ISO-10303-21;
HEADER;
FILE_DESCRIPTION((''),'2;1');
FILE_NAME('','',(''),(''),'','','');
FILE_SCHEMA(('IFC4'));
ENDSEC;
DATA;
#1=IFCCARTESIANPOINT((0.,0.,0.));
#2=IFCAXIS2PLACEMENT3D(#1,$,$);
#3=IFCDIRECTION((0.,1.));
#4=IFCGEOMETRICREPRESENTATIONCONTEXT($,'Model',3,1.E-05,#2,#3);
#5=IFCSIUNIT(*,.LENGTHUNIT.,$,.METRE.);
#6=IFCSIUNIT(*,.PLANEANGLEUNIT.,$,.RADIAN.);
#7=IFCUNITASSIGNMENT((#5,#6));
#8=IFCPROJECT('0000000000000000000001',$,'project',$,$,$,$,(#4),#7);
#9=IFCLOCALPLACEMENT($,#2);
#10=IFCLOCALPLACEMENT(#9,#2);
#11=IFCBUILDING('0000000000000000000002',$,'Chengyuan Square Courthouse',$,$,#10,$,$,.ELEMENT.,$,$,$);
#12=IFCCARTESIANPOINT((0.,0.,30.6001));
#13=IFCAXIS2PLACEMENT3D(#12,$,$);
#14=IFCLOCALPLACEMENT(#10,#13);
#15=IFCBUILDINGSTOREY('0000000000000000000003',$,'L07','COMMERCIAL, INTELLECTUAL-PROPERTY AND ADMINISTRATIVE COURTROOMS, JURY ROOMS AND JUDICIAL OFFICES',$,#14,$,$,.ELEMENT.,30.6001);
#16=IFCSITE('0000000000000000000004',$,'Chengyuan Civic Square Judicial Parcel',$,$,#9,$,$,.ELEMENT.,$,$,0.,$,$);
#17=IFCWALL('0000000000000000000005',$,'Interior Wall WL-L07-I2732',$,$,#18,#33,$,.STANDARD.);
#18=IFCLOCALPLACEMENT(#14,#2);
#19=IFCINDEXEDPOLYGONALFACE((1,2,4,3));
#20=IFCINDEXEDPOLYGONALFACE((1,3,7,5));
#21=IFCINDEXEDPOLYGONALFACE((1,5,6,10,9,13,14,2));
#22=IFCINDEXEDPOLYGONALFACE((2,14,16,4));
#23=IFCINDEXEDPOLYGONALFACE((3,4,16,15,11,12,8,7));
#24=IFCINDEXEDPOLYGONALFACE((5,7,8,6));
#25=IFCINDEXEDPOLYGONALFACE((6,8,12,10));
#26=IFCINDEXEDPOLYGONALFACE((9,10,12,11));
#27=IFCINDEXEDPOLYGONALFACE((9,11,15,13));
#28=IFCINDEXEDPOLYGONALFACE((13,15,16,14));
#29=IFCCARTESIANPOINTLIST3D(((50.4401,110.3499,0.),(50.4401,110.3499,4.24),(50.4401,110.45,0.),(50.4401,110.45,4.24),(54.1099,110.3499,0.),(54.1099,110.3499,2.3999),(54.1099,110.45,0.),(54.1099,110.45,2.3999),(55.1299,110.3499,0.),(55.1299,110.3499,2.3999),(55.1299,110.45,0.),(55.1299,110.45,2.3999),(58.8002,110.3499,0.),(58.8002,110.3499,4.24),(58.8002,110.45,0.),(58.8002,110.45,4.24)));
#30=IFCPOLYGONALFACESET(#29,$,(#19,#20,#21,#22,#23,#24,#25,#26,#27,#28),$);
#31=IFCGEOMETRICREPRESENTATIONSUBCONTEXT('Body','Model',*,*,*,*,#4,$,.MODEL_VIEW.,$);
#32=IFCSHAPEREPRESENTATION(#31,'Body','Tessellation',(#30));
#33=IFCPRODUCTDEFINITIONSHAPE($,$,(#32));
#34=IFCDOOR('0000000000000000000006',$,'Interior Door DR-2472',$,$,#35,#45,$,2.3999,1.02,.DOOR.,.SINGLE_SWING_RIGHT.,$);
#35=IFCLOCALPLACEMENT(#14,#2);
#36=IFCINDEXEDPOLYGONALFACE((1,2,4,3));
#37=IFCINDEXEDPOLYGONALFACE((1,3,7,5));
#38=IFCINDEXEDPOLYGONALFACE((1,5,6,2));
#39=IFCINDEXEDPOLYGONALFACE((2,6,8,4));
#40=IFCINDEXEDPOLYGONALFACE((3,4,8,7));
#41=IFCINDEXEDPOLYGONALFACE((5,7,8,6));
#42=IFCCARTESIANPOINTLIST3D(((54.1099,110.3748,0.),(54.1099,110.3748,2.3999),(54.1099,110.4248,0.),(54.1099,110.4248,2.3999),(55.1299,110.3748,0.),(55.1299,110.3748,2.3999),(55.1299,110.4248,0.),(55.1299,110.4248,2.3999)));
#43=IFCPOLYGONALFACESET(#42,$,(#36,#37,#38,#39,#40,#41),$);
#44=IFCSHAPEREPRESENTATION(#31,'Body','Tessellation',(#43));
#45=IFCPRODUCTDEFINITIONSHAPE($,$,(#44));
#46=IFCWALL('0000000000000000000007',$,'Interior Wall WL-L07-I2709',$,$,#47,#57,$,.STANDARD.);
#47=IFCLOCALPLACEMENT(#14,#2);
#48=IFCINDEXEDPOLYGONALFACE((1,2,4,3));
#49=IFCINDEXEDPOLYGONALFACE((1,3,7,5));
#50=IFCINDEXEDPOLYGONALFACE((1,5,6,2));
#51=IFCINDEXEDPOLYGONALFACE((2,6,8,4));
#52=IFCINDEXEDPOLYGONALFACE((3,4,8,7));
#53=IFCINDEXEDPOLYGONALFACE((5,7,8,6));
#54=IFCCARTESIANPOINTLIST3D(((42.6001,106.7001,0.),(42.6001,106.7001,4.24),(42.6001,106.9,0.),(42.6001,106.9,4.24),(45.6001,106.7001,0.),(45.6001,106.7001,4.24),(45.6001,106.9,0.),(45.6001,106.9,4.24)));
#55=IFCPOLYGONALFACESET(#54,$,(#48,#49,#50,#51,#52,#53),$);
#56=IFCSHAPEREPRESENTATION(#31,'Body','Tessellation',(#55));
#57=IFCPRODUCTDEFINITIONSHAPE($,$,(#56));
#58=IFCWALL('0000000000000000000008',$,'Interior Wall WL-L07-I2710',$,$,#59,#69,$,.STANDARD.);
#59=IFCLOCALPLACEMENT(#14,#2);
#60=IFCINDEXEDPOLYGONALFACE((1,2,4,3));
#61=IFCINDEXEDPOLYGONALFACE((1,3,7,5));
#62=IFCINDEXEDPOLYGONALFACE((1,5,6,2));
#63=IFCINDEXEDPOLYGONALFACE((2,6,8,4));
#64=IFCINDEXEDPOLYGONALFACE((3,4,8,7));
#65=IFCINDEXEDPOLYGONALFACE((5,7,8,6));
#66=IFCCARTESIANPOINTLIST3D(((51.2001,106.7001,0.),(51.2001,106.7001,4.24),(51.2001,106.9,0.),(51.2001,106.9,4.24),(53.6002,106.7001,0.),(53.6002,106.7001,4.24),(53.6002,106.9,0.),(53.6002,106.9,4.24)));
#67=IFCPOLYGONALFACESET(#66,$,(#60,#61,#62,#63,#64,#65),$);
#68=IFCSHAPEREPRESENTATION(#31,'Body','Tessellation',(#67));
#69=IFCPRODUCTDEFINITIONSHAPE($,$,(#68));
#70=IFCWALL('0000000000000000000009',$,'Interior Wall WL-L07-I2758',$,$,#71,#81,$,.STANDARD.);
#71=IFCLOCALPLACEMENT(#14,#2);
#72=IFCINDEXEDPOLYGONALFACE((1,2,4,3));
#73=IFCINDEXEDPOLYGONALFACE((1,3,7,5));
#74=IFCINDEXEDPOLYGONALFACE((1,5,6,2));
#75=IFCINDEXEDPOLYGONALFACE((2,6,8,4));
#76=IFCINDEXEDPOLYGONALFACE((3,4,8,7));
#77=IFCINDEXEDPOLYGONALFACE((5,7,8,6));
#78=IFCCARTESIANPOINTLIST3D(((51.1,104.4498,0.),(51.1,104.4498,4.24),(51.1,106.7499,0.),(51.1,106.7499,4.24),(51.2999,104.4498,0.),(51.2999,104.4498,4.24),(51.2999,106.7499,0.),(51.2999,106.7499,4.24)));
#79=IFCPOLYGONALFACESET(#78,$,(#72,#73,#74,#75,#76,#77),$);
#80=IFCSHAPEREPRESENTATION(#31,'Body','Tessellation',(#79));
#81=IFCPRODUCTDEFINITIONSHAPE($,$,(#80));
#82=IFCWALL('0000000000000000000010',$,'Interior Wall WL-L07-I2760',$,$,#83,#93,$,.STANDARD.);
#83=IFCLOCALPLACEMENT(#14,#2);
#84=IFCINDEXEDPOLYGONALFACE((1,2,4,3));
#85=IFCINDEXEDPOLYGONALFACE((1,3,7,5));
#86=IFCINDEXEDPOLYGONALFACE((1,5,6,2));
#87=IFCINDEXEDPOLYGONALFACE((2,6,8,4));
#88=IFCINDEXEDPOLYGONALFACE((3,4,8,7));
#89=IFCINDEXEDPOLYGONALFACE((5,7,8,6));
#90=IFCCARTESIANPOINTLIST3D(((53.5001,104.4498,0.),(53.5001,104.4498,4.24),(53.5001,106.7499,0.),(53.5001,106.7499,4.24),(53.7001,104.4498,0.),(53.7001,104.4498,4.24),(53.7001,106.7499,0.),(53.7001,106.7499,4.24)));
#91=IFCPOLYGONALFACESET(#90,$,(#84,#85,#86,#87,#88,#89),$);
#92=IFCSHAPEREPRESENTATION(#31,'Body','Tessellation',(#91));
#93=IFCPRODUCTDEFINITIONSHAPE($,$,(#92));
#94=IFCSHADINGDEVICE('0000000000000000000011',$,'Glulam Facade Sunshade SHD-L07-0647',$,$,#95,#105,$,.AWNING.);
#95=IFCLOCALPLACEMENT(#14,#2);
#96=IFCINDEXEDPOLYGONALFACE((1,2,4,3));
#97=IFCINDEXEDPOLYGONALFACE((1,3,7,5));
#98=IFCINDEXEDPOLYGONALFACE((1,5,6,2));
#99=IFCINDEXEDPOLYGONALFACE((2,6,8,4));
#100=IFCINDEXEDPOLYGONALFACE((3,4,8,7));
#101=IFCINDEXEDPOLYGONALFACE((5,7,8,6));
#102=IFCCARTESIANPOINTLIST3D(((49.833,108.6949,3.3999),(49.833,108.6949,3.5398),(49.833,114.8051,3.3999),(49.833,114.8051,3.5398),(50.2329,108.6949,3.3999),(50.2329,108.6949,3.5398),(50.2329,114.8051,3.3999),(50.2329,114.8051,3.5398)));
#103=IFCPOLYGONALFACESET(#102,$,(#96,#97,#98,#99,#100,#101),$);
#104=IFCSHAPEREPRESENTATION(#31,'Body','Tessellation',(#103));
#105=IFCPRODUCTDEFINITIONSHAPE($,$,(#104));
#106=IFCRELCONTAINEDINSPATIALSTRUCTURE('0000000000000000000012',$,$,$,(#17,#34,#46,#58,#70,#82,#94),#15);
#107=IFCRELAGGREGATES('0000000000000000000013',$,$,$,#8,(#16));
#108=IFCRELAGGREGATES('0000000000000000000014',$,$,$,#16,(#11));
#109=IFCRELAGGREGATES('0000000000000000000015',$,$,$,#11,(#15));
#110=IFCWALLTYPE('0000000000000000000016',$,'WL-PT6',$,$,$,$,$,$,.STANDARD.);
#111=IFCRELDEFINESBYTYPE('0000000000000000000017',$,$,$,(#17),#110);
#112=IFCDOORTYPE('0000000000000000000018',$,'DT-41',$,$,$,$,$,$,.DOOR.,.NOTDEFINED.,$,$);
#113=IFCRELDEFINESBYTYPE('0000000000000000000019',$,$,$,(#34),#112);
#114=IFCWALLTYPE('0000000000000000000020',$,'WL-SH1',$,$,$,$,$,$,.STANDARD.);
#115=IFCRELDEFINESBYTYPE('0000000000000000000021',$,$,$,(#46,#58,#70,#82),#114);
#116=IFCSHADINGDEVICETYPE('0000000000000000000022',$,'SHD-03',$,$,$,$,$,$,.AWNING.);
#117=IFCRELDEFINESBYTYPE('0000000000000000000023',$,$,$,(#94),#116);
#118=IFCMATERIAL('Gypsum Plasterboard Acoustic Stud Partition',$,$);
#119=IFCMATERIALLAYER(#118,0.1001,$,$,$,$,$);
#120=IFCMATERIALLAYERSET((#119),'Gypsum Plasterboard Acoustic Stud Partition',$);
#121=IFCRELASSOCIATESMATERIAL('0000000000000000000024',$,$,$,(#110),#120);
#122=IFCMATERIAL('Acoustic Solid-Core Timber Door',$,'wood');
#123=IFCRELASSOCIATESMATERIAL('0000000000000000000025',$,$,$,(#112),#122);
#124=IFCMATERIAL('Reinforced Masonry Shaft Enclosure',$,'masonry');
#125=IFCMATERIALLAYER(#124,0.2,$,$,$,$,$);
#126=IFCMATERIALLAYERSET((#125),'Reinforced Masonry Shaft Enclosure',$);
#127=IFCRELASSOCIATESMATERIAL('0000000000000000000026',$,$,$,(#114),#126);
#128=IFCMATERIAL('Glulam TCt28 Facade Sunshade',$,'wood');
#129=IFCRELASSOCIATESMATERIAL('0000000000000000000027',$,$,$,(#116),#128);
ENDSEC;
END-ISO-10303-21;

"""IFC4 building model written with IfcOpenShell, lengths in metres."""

from ifc_helpers import new_model, si_unit, direction, frame, frame_2d, origin, origin_2d, place, context, subcontext, project, spatial, rectangle, extrude, material, layer, layer_set, type_object, element, fill, save


model = new_model("IFC4")

# Units and contexts
model_context = context("Model", 3, precision=1e-05, world=origin(), true_north=direction((0.0, 1.0)))
body_context = subcontext(model_context, "Body", "Model", "MODEL_VIEW")
ifc_project = project(units=[si_unit("LENGTHUNIT", "METRE"), si_unit("PLANEANGLEUNIT", "RADIAN")], contexts=[model_context])

# Site, building, storey
site_placement = place(None, origin())
site = spatial("IfcSite", under=ifc_project, at=site_placement, Name="Chengyuan Civic Square Judicial Parcel", CompositionType="ELEMENT", RefElevation=0.0)
building_placement = place(site_placement, origin())
building = spatial("IfcBuilding", under=site, at=building_placement, Name="Chengyuan Square Courthouse", CompositionType="ELEMENT")
storey_placement = place(building_placement, frame((0.0, 0.0, 30.6001)))
storey = spatial("IfcBuildingStorey", under=building, at=storey_placement, Name="L07", Description="COMMERCIAL, INTELLECTUAL-PROPERTY AND ADMINISTRATIVE COURTROOMS, JURY ROOMS AND JUDICIAL OFFICES", CompositionType="ELEMENT", Elevation=30.6001)

# Shared definitions
ifc_material_1 = material(Name="Gypsum Plasterboard Acoustic Stud Partition")
ifc_layer_1 = layer(ifc_material_1, 0.1001)
ifc_layer_set_1 = layer_set([ifc_layer_1], Name="Gypsum Plasterboard Acoustic Stud Partition")
wall_type_1 = type_object("IfcWallType", Name="WL-PT6", PredefinedType="STANDARD", material=ifc_layer_set_1)

# Wall, opening, door
wall_1_placement = place(storey_placement, frame((50.4399, 110.3999, 0.0), z_axis=(0.0, 0.0, 1.0), x_axis=(1.0, 0.0, 0.0)))
wall_1 = element("IfcWall", 1, at=wall_1_placement, inside=storey, type_object=wall_type_1, Name="Interior Wall WL-L07-I2732", PredefinedType="STANDARD", context=body_context, shape_type="SweptSolid", body=[
    extrude(rectangle(XDim=8.3601, YDim=0.1001, at=frame_2d((4.1802, 0.0))), origin(), (0.0, 0.0, 1.0), 4.24),
])
opening_1_placement = place(wall_1_placement, frame((3.6699, 0.0, 0.0)))
opening_1 = element("IfcOpeningElement", 2, at=opening_1_placement, cuts=wall_1, PredefinedType="OPENING", context=body_context, shape_type="SweptSolid", body=[
    extrude(rectangle(XDim=1.02, YDim=2.3999, at=frame_2d((0.51, 1.2))), frame((0.0, 0.062, 0.0), z_axis=(0.0, -1.0, 0.0), x_axis=(1.0, 0.0, 0.0)), (0.0, 0.0, 1.0), 0.124),
])
ifc_material_2 = material(Name="Acoustic Solid-Core Timber Door", Category="wood")
door_type_1 = type_object("IfcDoorType", Name="DT-41", OperationType="NOTDEFINED", PredefinedType="DOOR", material=ifc_material_2)
door_1_placement = place(opening_1_placement, origin())
door_1 = element("IfcDoor", 3, at=door_1_placement, inside=storey, type_object=door_type_1, Name="Interior Door DR-2472", OperationType="SINGLE_SWING_RIGHT", OverallHeight=2.3999, OverallWidth=1.02, PredefinedType="DOOR", context=body_context, shape_type="SweptSolid", body=[
    extrude(rectangle(XDim=1.02, YDim=2.3999, at=frame_2d((0.51, 1.2))), frame((0.0, 0.0249, 0.0), z_axis=(0.0, -1.0, 0.0), x_axis=(1.0, 0.0, 0.0)), (0.0, 0.0, 1.0), 0.05),
])
fill(opening_1, door_1)

# Walls
ifc_material_3 = material(Name="Reinforced Masonry Shaft Enclosure", Category="masonry")
ifc_layer_2 = layer(ifc_material_3, 0.2)
ifc_layer_set_2 = layer_set([ifc_layer_2], Name="Reinforced Masonry Shaft Enclosure")
wall_type_2 = type_object("IfcWallType", Name="WL-SH1", PredefinedType="STANDARD", material=ifc_layer_set_2)
wall_2_placement = place(storey_placement, frame((42.6001, 106.8, 0.0), z_axis=(0.0, 0.0, 1.0), x_axis=(1.0, 0.0, 0.0)))
element("IfcWall", 4, at=wall_2_placement, inside=storey, type_object=wall_type_2, Name="Interior Wall WL-L07-I2709", PredefinedType="STANDARD", context=body_context, shape_type="SweptSolid", body=[
    extrude(rectangle(XDim=3.0, YDim=0.2, at=frame_2d((1.5, 0.0))), origin(), (0.0, 0.0, 1.0), 4.24),
])
wall_3_placement = place(storey_placement, frame((51.2, 106.8, 0.0), z_axis=(0.0, 0.0, 1.0), x_axis=(1.0, 0.0, 0.0)))
element("IfcWall", 5, at=wall_3_placement, inside=storey, type_object=wall_type_2, Name="Interior Wall WL-L07-I2710", PredefinedType="STANDARD", context=body_context, shape_type="SweptSolid", body=[
    extrude(rectangle(XDim=2.4001, YDim=0.2, at=frame_2d((1.2002, 0.0))), origin(), (0.0, 0.0, 1.0), 4.24),
])
for number, where, z_axis, x_axis, name in (
    (6, (51.2, 104.45, 0.0), (0.0, 0.0, 1.0), (0.0, 1.0, 0.0), "Interior Wall WL-L07-I2758"),
    (7, (53.6001, 104.45, 0.0), (0.0, 0.0, 1.0), (0.0, 1.0, 0.0), "Interior Wall WL-L07-I2760"),
):
    element("IfcWall", number, at=place(storey_placement, frame(where, z_axis=z_axis, x_axis=x_axis)), inside=storey, type_object=wall_type_2, Name=name, PredefinedType="STANDARD", context=body_context, shape_type="SweptSolid", body=[
        extrude(rectangle(XDim=2.3, YDim=0.2, at=frame_2d((1.1499, 0.0))), origin(), (0.0, 0.0, 1.0), 4.24),
    ])

# Shading device
ifc_material_4 = material(Name="Glulam TCt28 Facade Sunshade", Category="wood")
shading_device_type = type_object("IfcShadingDeviceType", Name="SHD-03", PredefinedType="AWNING", material=ifc_material_4)
shading_device_placement = place(storey_placement, frame((50.033, 111.75, 3.3999), z_axis=(0.0, 0.0, 1.0), x_axis=(0.0, 1.0, 0.0)))
element("IfcShadingDevice", 8, at=shading_device_placement, inside=storey, type_object=shading_device_type, Name="Glulam Facade Sunshade SHD-L07-0647", PredefinedType="AWNING", context=body_context, shape_type="SweptSolid", body=[
    extrude(rectangle(XDim=6.1101, YDim=0.3999, at=origin_2d()), origin(), (0.0, 0.0, 1.0), 0.1399),
])

save(model, "model.ifc")
